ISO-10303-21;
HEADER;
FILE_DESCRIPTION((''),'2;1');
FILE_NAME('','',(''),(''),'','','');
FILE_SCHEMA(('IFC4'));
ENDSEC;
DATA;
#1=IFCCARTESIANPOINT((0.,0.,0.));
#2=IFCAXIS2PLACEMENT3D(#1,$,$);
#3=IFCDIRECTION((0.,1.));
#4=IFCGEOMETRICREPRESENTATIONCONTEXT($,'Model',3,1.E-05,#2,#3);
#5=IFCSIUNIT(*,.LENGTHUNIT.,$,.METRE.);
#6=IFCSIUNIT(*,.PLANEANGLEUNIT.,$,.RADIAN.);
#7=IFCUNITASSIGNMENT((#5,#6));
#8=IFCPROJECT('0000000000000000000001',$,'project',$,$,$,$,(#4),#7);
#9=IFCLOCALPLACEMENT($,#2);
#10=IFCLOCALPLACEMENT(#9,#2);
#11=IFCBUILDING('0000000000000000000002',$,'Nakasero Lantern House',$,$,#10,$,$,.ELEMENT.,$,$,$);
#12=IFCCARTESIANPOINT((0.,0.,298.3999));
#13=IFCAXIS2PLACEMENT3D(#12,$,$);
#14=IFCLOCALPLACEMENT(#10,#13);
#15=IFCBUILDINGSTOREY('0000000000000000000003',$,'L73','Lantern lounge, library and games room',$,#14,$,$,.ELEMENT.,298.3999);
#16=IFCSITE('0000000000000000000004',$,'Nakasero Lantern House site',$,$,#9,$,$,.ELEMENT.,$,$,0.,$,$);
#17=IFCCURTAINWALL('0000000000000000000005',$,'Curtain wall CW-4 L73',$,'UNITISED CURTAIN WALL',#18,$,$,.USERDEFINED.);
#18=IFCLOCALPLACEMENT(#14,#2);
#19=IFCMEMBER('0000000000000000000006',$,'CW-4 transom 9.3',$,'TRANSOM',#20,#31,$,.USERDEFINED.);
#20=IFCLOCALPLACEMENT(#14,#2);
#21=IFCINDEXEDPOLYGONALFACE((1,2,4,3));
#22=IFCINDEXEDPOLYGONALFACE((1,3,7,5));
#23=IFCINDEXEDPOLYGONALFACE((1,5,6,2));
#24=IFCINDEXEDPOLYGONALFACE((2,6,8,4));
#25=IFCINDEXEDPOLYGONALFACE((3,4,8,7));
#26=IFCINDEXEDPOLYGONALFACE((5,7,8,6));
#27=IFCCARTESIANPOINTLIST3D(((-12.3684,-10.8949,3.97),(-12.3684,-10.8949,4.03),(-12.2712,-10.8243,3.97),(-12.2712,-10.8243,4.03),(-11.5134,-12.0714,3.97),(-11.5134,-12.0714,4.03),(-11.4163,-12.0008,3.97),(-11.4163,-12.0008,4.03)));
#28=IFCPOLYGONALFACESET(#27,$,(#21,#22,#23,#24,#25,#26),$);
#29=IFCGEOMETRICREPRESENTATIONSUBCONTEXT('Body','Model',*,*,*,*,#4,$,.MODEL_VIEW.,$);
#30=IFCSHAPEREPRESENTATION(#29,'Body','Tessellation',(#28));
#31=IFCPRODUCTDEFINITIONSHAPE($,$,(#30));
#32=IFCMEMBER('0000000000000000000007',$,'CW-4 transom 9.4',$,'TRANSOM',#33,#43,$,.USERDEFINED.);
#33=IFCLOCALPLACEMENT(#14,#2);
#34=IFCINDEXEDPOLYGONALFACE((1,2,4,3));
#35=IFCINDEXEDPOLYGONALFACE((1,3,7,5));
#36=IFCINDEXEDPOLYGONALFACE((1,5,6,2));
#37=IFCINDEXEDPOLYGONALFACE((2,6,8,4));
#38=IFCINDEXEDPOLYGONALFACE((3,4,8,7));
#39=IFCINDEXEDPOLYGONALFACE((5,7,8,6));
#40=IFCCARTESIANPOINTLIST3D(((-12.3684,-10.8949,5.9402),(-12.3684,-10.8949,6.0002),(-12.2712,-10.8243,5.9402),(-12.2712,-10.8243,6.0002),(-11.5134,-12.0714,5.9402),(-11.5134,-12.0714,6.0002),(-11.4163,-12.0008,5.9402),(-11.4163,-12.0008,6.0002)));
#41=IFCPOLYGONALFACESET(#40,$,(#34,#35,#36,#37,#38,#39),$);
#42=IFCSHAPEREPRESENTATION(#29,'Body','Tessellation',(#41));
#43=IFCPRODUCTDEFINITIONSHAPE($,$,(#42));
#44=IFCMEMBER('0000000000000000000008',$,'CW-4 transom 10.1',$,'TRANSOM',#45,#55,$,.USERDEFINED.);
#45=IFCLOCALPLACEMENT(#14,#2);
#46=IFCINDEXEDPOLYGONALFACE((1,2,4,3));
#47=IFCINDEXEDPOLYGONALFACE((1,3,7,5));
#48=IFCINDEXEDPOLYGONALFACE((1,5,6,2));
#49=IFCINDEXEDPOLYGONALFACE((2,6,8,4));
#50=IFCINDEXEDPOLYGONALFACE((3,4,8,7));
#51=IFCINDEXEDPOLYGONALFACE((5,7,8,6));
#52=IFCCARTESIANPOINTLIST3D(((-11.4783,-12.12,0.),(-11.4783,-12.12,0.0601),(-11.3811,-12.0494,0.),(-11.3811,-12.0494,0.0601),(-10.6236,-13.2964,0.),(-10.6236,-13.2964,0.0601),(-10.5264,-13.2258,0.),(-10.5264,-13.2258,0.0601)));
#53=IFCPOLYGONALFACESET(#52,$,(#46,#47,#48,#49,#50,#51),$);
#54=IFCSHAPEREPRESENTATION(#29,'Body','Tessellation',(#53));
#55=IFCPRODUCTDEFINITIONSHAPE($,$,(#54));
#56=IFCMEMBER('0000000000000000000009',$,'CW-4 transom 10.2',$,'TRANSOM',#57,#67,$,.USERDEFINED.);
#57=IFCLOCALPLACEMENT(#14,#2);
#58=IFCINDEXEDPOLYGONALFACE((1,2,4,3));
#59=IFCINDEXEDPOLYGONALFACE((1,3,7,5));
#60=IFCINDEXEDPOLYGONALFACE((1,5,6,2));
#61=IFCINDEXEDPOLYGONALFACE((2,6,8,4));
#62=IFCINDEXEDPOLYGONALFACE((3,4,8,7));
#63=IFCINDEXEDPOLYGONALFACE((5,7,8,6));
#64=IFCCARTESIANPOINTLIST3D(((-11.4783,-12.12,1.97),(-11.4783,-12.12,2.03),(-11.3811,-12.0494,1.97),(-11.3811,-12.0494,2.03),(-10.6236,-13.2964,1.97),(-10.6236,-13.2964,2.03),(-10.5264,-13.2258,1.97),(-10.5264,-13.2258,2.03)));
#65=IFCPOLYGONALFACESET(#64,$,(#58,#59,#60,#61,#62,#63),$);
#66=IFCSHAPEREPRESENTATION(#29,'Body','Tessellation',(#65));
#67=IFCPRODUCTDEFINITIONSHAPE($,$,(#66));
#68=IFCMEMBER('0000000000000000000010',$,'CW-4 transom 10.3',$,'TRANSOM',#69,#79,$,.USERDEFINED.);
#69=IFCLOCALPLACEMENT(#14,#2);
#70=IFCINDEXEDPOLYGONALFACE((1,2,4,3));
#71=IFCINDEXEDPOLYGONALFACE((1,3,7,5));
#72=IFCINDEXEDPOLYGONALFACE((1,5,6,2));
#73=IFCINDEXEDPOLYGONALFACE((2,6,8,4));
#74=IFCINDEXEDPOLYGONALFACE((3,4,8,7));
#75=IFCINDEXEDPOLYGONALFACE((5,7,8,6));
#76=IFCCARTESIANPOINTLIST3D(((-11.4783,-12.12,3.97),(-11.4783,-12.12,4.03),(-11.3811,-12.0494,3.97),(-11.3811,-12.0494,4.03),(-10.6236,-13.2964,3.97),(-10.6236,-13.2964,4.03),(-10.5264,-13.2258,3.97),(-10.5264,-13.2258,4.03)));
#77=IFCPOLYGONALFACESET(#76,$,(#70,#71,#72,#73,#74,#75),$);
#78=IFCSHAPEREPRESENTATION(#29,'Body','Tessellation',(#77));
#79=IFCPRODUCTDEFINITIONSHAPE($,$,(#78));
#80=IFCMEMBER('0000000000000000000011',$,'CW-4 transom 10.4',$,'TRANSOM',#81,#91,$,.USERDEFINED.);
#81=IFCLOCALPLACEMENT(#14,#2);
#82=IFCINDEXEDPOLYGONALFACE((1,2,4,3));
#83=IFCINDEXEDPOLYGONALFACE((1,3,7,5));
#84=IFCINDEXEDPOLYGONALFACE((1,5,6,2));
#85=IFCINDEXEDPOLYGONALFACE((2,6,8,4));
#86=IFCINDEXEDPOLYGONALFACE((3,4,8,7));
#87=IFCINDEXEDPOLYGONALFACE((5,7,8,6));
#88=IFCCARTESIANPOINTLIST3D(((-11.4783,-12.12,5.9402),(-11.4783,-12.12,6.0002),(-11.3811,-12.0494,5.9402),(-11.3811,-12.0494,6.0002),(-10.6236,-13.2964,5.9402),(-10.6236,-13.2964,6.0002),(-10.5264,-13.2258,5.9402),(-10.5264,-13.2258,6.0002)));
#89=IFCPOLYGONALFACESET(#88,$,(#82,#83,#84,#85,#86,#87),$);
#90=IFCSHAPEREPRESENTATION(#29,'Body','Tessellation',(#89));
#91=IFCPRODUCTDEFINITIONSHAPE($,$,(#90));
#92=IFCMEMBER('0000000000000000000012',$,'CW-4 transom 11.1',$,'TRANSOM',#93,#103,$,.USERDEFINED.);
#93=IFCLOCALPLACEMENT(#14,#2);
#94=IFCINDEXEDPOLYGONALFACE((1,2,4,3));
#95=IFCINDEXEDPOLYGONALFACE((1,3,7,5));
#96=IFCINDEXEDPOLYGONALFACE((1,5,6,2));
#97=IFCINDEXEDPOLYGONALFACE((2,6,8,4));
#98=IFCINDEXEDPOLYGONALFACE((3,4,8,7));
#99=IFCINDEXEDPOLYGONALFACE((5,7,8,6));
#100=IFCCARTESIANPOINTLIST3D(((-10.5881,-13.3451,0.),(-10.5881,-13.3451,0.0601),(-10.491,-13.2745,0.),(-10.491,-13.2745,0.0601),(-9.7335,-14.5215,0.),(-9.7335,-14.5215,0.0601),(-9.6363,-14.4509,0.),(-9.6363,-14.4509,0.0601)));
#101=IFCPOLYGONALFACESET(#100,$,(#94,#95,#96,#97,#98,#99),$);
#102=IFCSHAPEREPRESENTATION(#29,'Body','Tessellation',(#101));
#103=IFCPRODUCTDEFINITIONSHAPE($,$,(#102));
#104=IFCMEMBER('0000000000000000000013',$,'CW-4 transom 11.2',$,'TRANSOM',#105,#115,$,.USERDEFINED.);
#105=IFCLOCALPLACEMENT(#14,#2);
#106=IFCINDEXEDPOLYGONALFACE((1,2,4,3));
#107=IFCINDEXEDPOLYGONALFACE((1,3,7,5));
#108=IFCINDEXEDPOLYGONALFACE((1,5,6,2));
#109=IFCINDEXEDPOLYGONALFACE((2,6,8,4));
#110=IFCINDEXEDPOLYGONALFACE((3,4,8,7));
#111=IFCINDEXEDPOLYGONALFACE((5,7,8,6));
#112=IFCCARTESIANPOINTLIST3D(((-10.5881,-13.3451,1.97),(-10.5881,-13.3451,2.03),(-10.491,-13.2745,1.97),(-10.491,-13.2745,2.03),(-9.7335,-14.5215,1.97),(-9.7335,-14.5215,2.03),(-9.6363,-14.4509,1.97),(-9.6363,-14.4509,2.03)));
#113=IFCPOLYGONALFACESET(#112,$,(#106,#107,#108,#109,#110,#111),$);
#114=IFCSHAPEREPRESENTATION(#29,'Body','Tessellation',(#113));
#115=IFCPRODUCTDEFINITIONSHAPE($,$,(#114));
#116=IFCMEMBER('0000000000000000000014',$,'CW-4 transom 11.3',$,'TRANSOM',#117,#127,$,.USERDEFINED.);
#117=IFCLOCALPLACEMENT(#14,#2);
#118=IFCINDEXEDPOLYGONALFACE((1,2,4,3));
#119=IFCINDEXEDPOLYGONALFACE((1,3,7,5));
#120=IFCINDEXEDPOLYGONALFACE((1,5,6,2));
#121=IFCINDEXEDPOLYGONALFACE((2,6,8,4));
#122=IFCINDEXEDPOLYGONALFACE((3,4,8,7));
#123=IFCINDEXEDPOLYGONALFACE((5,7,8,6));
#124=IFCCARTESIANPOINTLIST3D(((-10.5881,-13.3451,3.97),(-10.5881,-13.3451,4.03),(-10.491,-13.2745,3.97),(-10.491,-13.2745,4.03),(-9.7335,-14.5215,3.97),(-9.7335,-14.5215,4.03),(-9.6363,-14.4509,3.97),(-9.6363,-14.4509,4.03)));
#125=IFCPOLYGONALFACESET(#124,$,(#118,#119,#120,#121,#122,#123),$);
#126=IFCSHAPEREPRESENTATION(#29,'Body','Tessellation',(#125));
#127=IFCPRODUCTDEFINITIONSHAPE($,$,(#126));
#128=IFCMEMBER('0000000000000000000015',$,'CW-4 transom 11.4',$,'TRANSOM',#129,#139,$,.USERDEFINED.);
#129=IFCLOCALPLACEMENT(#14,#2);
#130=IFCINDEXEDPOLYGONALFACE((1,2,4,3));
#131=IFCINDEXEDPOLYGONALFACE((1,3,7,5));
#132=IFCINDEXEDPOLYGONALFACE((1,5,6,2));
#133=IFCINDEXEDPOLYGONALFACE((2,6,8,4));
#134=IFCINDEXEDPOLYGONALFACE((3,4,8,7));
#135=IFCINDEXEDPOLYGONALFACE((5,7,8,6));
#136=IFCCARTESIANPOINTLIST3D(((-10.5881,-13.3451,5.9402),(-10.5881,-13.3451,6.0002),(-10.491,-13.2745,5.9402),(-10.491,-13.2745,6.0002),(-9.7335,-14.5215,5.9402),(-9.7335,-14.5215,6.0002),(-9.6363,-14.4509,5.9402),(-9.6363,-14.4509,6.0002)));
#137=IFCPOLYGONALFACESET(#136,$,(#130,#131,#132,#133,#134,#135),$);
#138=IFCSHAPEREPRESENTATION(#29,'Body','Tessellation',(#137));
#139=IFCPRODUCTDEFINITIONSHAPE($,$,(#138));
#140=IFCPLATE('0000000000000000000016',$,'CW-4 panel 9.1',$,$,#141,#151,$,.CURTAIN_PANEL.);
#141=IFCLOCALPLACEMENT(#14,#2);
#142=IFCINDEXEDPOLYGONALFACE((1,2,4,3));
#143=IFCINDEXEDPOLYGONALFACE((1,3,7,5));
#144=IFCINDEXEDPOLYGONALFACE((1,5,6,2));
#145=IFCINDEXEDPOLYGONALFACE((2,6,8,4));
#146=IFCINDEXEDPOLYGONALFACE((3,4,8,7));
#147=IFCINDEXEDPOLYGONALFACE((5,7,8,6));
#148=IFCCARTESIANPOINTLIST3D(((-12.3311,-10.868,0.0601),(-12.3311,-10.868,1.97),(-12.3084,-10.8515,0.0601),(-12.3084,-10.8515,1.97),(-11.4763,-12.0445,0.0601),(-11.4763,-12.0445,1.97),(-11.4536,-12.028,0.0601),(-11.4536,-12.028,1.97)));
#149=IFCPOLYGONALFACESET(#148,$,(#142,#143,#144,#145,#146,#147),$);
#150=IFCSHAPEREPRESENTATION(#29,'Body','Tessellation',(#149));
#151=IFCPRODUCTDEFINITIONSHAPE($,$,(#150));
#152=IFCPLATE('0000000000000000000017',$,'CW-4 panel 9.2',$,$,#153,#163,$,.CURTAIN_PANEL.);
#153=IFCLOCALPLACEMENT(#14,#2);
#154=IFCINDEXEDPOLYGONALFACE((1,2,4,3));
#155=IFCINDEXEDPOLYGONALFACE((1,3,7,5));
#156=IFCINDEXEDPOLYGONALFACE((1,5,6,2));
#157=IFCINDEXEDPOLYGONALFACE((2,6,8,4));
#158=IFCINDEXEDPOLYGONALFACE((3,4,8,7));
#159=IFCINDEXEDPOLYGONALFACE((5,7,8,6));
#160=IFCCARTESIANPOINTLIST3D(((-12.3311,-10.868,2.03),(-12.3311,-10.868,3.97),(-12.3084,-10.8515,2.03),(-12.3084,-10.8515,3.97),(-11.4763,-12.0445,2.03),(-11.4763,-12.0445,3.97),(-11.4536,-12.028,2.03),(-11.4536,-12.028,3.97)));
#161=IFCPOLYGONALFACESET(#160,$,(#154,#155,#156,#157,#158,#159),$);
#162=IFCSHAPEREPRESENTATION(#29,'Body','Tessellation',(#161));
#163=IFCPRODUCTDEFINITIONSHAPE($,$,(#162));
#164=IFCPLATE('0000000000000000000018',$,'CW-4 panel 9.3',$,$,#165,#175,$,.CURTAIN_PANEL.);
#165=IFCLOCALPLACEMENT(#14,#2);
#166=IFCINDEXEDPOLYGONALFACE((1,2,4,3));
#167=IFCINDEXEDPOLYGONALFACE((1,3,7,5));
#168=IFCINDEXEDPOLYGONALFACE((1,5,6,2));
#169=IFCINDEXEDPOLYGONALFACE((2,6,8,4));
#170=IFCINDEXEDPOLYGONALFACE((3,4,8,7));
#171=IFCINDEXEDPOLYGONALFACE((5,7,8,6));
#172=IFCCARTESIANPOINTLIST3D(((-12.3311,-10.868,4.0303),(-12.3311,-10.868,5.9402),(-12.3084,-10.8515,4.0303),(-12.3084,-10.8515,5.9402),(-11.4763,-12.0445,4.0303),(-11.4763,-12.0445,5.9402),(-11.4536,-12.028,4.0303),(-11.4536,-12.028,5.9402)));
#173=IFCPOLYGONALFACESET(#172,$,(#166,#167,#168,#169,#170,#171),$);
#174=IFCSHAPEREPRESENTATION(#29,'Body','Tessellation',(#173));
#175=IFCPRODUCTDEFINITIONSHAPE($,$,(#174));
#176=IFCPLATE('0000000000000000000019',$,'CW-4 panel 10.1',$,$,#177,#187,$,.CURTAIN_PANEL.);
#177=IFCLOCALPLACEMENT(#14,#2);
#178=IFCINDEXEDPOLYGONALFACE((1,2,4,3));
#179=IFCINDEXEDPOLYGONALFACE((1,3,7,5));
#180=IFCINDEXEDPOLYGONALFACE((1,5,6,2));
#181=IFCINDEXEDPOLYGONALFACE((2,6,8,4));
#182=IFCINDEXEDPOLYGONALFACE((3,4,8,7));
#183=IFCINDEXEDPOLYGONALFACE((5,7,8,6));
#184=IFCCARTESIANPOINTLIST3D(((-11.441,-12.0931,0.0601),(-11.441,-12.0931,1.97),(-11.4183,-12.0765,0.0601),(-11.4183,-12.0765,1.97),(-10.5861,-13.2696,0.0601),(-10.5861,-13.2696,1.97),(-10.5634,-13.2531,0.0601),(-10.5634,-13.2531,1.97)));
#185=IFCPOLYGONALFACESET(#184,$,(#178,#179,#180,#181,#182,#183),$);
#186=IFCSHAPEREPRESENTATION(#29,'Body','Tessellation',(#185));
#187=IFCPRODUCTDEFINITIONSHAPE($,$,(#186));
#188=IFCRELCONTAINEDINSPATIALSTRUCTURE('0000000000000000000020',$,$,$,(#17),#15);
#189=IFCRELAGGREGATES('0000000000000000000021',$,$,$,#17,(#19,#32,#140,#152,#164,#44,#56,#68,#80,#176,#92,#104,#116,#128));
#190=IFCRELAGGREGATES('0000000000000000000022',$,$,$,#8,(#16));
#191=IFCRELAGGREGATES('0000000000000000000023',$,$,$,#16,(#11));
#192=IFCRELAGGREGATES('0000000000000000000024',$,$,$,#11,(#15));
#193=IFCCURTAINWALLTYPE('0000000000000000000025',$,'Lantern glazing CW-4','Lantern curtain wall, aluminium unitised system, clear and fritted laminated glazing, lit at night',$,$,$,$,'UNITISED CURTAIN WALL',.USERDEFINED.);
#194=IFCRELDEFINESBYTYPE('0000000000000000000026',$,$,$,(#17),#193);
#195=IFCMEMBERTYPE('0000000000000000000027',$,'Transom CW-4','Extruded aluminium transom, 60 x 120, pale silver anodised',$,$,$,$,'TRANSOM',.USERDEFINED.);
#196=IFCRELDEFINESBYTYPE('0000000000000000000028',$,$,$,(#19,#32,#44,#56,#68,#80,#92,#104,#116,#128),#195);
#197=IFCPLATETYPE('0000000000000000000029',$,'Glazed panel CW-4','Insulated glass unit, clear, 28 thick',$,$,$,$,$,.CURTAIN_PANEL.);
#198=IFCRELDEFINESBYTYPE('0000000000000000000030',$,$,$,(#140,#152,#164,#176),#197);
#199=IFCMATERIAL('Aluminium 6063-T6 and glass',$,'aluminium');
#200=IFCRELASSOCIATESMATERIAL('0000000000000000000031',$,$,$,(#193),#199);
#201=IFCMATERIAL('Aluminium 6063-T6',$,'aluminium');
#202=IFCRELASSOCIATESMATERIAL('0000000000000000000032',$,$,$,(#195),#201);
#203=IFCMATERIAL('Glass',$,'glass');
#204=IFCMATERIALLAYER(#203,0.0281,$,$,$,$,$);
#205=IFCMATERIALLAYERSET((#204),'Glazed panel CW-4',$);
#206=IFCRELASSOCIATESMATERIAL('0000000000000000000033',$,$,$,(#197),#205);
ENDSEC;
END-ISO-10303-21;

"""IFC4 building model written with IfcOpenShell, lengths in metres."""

from ifc_helpers import new_model, si_unit, direction, frame, origin, origin_2d, place, context, subcontext, project, spatial, rectangle, extrude, material, layer, layer_set, material_profile, profile_set, type_object, element, aggregate, save


model = new_model("IFC4")

# Units and contexts
model_context = context("Model", 3, precision=1e-05, world=origin(), true_north=direction((0.0, 1.0)))
body_context = subcontext(model_context, "Body", "Model", "MODEL_VIEW")
ifc_project = project(units=[si_unit("LENGTHUNIT", "METRE"), si_unit("PLANEANGLEUNIT", "RADIAN")], contexts=[model_context])

# Site, building, storey
site_placement = place(None, origin())
site = spatial("IfcSite", under=ifc_project, at=site_placement, Name="Nakasero Lantern House site", CompositionType="ELEMENT", RefElevation=0.0)
building_placement = place(site_placement, origin())
building = spatial("IfcBuilding", under=site, at=building_placement, Name="Nakasero Lantern House", CompositionType="ELEMENT")
storey_placement = place(building_placement, frame((0.0, 0.0, 298.3999)))
storey = spatial("IfcBuildingStorey", under=building, at=storey_placement, Name="L73", Description="Lantern lounge, library and games room", CompositionType="ELEMENT", Elevation=298.3999)

# Curtain wall
ifc_material_1 = material(Name="Aluminium 6063-T6 and glass", Category="aluminium")
curtain_wall_type = type_object("IfcCurtainWallType", Name="Lantern glazing CW-4", Description="Lantern curtain wall, aluminium unitised system, clear and fritted laminated glazing, lit at night", ElementType="UNITISED CURTAIN WALL", PredefinedType="USERDEFINED", material=ifc_material_1)
curtain_wall_placement = place(storey_placement, origin())
curtain_wall = element("IfcCurtainWall", 1, at=curtain_wall_placement, inside=storey, type_object=curtain_wall_type, Name="Curtain wall CW-4 L73", ObjectType="UNITISED CURTAIN WALL", PredefinedType="USERDEFINED")

# Members
ifc_material_2 = material(Name="Aluminium 6063-T6", Category="aluminium")
ifc_material_profile_1 = material_profile(ifc_material_2, rectangle(XDim=0.0601, YDim=0.1201, at=origin_2d()), Name="CW-4 transom 60x120")
ifc_profile_set_1 = profile_set([ifc_material_profile_1], Name="Aluminium 6063-T6")
member_type_1 = type_object("IfcMemberType", Name="Transom CW-4", Description="Extruded aluminium transom, 60 x 120, pale silver anodised", ElementType="TRANSOM", PredefinedType="USERDEFINED", material=ifc_profile_set_1)
member_1_placement = place(storey_placement, frame((-12.3198, -10.8596, 4.0), z_axis=(0.587872, -0.808954, 0.0), x_axis=(0.0, 0.0, 1.0)))
member_1 = element("IfcMember", 2, at=member_1_placement, type_object=member_type_1, Name="CW-4 transom 9.3", ObjectType="TRANSOM", PredefinedType="USERDEFINED", context=body_context, shape_type="SweptSolid", body=[
    extrude(rectangle(XDim=0.0601, YDim=0.1201, at=origin_2d()), origin(), (0.0, 0.0, 1.0), 1.4543),
])
member_2_placement = place(storey_placement, frame((-12.3198, -10.8596, 5.9702), z_axis=(0.587872, -0.808954, 0.0), x_axis=(0.0, 0.0, 1.0)))
member_2 = element("IfcMember", 3, at=member_2_placement, type_object=member_type_1, Name="CW-4 transom 9.4", ObjectType="TRANSOM", PredefinedType="USERDEFINED", context=body_context, shape_type="SweptSolid", body=[
    extrude(rectangle(XDim=0.0601, YDim=0.1201, at=origin_2d()), origin(), (0.0, 0.0, 1.0), 1.4543),
])
member_3_placement = place(storey_placement, frame((-11.4297, -12.0847, 0.03), z_axis=(0.587762, -0.809034, 0.0), x_axis=(0.0, 0.0, 1.0)))
member_3 = element("IfcMember", 4, at=member_3_placement, type_object=member_type_1, Name="CW-4 transom 10.1", ObjectType="TRANSOM", PredefinedType="USERDEFINED", context=body_context, shape_type="SweptSolid", body=[
    extrude(rectangle(XDim=0.0601, YDim=0.1201, at=origin_2d()), origin(), (0.0, 0.0, 1.0), 1.4541),
])
member_4_placement = place(storey_placement, frame((-11.4297, -12.0847, 2.0), z_axis=(0.587762, -0.809034, 0.0), x_axis=(0.0, 0.0, 1.0)))
member_4 = element("IfcMember", 5, at=member_4_placement, type_object=member_type_1, Name="CW-4 transom 10.2", ObjectType="TRANSOM", PredefinedType="USERDEFINED", context=body_context, shape_type="SweptSolid", body=[
    extrude(rectangle(XDim=0.0601, YDim=0.1201, at=origin_2d()), origin(), (0.0, 0.0, 1.0), 1.4541),
])
member_5_placement = place(storey_placement, frame((-11.4297, -12.0847, 4.0), z_axis=(0.587762, -0.809034, 0.0), x_axis=(0.0, 0.0, 1.0)))
member_5 = element("IfcMember", 6, at=member_5_placement, type_object=member_type_1, Name="CW-4 transom 10.3", ObjectType="TRANSOM", PredefinedType="USERDEFINED", context=body_context, shape_type="SweptSolid", body=[
    extrude(rectangle(XDim=0.0601, YDim=0.1201, at=origin_2d()), origin(), (0.0, 0.0, 1.0), 1.4541),
])
member_6_placement = place(storey_placement, frame((-11.4297, -12.0847, 5.9702), z_axis=(0.587762, -0.809034, 0.0), x_axis=(0.0, 0.0, 1.0)))
member_6 = element("IfcMember", 7, at=member_6_placement, type_object=member_type_1, Name="CW-4 transom 10.4", ObjectType="TRANSOM", PredefinedType="USERDEFINED", context=body_context, shape_type="SweptSolid", body=[
    extrude(rectangle(XDim=0.0601, YDim=0.1201, at=origin_2d()), origin(), (0.0, 0.0, 1.0), 1.4541),
])
member_7_placement = place(storey_placement, frame((-10.5396, -13.3098, 0.03), z_axis=(0.587762, -0.809034, 0.0), x_axis=(0.0, 0.0, 1.0)))
member_7 = element("IfcMember", 8, at=member_7_placement, type_object=member_type_1, Name="CW-4 transom 11.1", ObjectType="TRANSOM", PredefinedType="USERDEFINED", context=body_context, shape_type="SweptSolid", body=[
    extrude(rectangle(XDim=0.0601, YDim=0.1201, at=origin_2d()), origin(), (0.0, 0.0, 1.0), 1.4541),
])
member_8_placement = place(storey_placement, frame((-10.5396, -13.3098, 2.0), z_axis=(0.587762, -0.809034, 0.0), x_axis=(0.0, 0.0, 1.0)))
member_8 = element("IfcMember", 9, at=member_8_placement, type_object=member_type_1, Name="CW-4 transom 11.2", ObjectType="TRANSOM", PredefinedType="USERDEFINED", context=body_context, shape_type="SweptSolid", body=[
    extrude(rectangle(XDim=0.0601, YDim=0.1201, at=origin_2d()), origin(), (0.0, 0.0, 1.0), 1.4541),
])
member_9_placement = place(storey_placement, frame((-10.5396, -13.3098, 4.0), z_axis=(0.587762, -0.809034, 0.0), x_axis=(0.0, 0.0, 1.0)))
member_9 = element("IfcMember", 10, at=member_9_placement, type_object=member_type_1, Name="CW-4 transom 11.3", ObjectType="TRANSOM", PredefinedType="USERDEFINED", context=body_context, shape_type="SweptSolid", body=[
    extrude(rectangle(XDim=0.0601, YDim=0.1201, at=origin_2d()), origin(), (0.0, 0.0, 1.0), 1.4541),
])
member_10_placement = place(storey_placement, frame((-10.5396, -13.3098, 5.9702), z_axis=(0.587762, -0.809034, 0.0), x_axis=(0.0, 0.0, 1.0)))
member_10 = element("IfcMember", 11, at=member_10_placement, type_object=member_type_1, Name="CW-4 transom 11.4", ObjectType="TRANSOM", PredefinedType="USERDEFINED", context=body_context, shape_type="SweptSolid", body=[
    extrude(rectangle(XDim=0.0601, YDim=0.1201, at=origin_2d()), origin(), (0.0, 0.0, 1.0), 1.4541),
])

# Plates
ifc_material_3 = material(Name="Glass", Category="glass")
ifc_layer = layer(ifc_material_3, 0.0281)
ifc_layer_set = layer_set([ifc_layer], Name="Glazed panel CW-4")
plate_type = type_object("IfcPlateType", Name="Glazed panel CW-4", Description="Insulated glass unit, clear, 28 thick", PredefinedType="CURTAIN_PANEL", material=ifc_layer_set)
plate_1_placement = place(storey_placement, frame((-11.8923, -11.448, 0.0601), z_axis=(0.0, 0.0, 1.0), x_axis=(0.587785, -0.809017, 0.0)))
plate_1 = element("IfcPlate", 12, at=plate_1_placement, type_object=plate_type, Name="CW-4 panel 9.1", PredefinedType="CURTAIN_PANEL", context=body_context, shape_type="SweptSolid", body=[
    extrude(rectangle(XDim=1.4543, YDim=0.0281, at=origin_2d()), origin(), (0.0, 0.0, 1.0), 1.9099),
])
plate_2_placement = place(storey_placement, frame((-11.8923, -11.448, 2.03), z_axis=(0.0, 0.0, 1.0), x_axis=(0.587785, -0.809017, 0.0)))
plate_2 = element("IfcPlate", 13, at=plate_2_placement, type_object=plate_type, Name="CW-4 panel 9.2", PredefinedType="CURTAIN_PANEL", context=body_context, shape_type="SweptSolid", body=[
    extrude(rectangle(XDim=1.4543, YDim=0.0281, at=origin_2d()), origin(), (0.0, 0.0, 1.0), 1.9399),
])
plate_3_placement = place(storey_placement, frame((-11.8923, -11.448, 4.0303), z_axis=(0.0, 0.0, 1.0), x_axis=(0.587785, -0.809017, 0.0)))
plate_3 = element("IfcPlate", 14, at=plate_3_placement, type_object=plate_type, Name="CW-4 panel 9.3", PredefinedType="CURTAIN_PANEL", context=body_context, shape_type="SweptSolid", body=[
    extrude(rectangle(XDim=1.4543, YDim=0.0281, at=origin_2d()), origin(), (0.0, 0.0, 1.0), 1.9099),
])
plate_4_placement = place(storey_placement, frame((-11.0022, -12.6731, 0.0601), z_axis=(0.0, 0.0, 1.0), x_axis=(0.587785, -0.809017, 0.0)))
plate_4 = element("IfcPlate", 15, at=plate_4_placement, type_object=plate_type, Name="CW-4 panel 10.1", PredefinedType="CURTAIN_PANEL", context=body_context, shape_type="SweptSolid", body=[
    extrude(rectangle(XDim=1.4543, YDim=0.0281, at=origin_2d()), origin(), (0.0, 0.0, 1.0), 1.9099),
])
aggregate(curtain_wall, [member_1, member_2, plate_1, plate_2, plate_3, member_3, member_4, member_5, member_6, plate_4, member_7, member_8, member_9, member_10])

save(model, "model.ifc")
